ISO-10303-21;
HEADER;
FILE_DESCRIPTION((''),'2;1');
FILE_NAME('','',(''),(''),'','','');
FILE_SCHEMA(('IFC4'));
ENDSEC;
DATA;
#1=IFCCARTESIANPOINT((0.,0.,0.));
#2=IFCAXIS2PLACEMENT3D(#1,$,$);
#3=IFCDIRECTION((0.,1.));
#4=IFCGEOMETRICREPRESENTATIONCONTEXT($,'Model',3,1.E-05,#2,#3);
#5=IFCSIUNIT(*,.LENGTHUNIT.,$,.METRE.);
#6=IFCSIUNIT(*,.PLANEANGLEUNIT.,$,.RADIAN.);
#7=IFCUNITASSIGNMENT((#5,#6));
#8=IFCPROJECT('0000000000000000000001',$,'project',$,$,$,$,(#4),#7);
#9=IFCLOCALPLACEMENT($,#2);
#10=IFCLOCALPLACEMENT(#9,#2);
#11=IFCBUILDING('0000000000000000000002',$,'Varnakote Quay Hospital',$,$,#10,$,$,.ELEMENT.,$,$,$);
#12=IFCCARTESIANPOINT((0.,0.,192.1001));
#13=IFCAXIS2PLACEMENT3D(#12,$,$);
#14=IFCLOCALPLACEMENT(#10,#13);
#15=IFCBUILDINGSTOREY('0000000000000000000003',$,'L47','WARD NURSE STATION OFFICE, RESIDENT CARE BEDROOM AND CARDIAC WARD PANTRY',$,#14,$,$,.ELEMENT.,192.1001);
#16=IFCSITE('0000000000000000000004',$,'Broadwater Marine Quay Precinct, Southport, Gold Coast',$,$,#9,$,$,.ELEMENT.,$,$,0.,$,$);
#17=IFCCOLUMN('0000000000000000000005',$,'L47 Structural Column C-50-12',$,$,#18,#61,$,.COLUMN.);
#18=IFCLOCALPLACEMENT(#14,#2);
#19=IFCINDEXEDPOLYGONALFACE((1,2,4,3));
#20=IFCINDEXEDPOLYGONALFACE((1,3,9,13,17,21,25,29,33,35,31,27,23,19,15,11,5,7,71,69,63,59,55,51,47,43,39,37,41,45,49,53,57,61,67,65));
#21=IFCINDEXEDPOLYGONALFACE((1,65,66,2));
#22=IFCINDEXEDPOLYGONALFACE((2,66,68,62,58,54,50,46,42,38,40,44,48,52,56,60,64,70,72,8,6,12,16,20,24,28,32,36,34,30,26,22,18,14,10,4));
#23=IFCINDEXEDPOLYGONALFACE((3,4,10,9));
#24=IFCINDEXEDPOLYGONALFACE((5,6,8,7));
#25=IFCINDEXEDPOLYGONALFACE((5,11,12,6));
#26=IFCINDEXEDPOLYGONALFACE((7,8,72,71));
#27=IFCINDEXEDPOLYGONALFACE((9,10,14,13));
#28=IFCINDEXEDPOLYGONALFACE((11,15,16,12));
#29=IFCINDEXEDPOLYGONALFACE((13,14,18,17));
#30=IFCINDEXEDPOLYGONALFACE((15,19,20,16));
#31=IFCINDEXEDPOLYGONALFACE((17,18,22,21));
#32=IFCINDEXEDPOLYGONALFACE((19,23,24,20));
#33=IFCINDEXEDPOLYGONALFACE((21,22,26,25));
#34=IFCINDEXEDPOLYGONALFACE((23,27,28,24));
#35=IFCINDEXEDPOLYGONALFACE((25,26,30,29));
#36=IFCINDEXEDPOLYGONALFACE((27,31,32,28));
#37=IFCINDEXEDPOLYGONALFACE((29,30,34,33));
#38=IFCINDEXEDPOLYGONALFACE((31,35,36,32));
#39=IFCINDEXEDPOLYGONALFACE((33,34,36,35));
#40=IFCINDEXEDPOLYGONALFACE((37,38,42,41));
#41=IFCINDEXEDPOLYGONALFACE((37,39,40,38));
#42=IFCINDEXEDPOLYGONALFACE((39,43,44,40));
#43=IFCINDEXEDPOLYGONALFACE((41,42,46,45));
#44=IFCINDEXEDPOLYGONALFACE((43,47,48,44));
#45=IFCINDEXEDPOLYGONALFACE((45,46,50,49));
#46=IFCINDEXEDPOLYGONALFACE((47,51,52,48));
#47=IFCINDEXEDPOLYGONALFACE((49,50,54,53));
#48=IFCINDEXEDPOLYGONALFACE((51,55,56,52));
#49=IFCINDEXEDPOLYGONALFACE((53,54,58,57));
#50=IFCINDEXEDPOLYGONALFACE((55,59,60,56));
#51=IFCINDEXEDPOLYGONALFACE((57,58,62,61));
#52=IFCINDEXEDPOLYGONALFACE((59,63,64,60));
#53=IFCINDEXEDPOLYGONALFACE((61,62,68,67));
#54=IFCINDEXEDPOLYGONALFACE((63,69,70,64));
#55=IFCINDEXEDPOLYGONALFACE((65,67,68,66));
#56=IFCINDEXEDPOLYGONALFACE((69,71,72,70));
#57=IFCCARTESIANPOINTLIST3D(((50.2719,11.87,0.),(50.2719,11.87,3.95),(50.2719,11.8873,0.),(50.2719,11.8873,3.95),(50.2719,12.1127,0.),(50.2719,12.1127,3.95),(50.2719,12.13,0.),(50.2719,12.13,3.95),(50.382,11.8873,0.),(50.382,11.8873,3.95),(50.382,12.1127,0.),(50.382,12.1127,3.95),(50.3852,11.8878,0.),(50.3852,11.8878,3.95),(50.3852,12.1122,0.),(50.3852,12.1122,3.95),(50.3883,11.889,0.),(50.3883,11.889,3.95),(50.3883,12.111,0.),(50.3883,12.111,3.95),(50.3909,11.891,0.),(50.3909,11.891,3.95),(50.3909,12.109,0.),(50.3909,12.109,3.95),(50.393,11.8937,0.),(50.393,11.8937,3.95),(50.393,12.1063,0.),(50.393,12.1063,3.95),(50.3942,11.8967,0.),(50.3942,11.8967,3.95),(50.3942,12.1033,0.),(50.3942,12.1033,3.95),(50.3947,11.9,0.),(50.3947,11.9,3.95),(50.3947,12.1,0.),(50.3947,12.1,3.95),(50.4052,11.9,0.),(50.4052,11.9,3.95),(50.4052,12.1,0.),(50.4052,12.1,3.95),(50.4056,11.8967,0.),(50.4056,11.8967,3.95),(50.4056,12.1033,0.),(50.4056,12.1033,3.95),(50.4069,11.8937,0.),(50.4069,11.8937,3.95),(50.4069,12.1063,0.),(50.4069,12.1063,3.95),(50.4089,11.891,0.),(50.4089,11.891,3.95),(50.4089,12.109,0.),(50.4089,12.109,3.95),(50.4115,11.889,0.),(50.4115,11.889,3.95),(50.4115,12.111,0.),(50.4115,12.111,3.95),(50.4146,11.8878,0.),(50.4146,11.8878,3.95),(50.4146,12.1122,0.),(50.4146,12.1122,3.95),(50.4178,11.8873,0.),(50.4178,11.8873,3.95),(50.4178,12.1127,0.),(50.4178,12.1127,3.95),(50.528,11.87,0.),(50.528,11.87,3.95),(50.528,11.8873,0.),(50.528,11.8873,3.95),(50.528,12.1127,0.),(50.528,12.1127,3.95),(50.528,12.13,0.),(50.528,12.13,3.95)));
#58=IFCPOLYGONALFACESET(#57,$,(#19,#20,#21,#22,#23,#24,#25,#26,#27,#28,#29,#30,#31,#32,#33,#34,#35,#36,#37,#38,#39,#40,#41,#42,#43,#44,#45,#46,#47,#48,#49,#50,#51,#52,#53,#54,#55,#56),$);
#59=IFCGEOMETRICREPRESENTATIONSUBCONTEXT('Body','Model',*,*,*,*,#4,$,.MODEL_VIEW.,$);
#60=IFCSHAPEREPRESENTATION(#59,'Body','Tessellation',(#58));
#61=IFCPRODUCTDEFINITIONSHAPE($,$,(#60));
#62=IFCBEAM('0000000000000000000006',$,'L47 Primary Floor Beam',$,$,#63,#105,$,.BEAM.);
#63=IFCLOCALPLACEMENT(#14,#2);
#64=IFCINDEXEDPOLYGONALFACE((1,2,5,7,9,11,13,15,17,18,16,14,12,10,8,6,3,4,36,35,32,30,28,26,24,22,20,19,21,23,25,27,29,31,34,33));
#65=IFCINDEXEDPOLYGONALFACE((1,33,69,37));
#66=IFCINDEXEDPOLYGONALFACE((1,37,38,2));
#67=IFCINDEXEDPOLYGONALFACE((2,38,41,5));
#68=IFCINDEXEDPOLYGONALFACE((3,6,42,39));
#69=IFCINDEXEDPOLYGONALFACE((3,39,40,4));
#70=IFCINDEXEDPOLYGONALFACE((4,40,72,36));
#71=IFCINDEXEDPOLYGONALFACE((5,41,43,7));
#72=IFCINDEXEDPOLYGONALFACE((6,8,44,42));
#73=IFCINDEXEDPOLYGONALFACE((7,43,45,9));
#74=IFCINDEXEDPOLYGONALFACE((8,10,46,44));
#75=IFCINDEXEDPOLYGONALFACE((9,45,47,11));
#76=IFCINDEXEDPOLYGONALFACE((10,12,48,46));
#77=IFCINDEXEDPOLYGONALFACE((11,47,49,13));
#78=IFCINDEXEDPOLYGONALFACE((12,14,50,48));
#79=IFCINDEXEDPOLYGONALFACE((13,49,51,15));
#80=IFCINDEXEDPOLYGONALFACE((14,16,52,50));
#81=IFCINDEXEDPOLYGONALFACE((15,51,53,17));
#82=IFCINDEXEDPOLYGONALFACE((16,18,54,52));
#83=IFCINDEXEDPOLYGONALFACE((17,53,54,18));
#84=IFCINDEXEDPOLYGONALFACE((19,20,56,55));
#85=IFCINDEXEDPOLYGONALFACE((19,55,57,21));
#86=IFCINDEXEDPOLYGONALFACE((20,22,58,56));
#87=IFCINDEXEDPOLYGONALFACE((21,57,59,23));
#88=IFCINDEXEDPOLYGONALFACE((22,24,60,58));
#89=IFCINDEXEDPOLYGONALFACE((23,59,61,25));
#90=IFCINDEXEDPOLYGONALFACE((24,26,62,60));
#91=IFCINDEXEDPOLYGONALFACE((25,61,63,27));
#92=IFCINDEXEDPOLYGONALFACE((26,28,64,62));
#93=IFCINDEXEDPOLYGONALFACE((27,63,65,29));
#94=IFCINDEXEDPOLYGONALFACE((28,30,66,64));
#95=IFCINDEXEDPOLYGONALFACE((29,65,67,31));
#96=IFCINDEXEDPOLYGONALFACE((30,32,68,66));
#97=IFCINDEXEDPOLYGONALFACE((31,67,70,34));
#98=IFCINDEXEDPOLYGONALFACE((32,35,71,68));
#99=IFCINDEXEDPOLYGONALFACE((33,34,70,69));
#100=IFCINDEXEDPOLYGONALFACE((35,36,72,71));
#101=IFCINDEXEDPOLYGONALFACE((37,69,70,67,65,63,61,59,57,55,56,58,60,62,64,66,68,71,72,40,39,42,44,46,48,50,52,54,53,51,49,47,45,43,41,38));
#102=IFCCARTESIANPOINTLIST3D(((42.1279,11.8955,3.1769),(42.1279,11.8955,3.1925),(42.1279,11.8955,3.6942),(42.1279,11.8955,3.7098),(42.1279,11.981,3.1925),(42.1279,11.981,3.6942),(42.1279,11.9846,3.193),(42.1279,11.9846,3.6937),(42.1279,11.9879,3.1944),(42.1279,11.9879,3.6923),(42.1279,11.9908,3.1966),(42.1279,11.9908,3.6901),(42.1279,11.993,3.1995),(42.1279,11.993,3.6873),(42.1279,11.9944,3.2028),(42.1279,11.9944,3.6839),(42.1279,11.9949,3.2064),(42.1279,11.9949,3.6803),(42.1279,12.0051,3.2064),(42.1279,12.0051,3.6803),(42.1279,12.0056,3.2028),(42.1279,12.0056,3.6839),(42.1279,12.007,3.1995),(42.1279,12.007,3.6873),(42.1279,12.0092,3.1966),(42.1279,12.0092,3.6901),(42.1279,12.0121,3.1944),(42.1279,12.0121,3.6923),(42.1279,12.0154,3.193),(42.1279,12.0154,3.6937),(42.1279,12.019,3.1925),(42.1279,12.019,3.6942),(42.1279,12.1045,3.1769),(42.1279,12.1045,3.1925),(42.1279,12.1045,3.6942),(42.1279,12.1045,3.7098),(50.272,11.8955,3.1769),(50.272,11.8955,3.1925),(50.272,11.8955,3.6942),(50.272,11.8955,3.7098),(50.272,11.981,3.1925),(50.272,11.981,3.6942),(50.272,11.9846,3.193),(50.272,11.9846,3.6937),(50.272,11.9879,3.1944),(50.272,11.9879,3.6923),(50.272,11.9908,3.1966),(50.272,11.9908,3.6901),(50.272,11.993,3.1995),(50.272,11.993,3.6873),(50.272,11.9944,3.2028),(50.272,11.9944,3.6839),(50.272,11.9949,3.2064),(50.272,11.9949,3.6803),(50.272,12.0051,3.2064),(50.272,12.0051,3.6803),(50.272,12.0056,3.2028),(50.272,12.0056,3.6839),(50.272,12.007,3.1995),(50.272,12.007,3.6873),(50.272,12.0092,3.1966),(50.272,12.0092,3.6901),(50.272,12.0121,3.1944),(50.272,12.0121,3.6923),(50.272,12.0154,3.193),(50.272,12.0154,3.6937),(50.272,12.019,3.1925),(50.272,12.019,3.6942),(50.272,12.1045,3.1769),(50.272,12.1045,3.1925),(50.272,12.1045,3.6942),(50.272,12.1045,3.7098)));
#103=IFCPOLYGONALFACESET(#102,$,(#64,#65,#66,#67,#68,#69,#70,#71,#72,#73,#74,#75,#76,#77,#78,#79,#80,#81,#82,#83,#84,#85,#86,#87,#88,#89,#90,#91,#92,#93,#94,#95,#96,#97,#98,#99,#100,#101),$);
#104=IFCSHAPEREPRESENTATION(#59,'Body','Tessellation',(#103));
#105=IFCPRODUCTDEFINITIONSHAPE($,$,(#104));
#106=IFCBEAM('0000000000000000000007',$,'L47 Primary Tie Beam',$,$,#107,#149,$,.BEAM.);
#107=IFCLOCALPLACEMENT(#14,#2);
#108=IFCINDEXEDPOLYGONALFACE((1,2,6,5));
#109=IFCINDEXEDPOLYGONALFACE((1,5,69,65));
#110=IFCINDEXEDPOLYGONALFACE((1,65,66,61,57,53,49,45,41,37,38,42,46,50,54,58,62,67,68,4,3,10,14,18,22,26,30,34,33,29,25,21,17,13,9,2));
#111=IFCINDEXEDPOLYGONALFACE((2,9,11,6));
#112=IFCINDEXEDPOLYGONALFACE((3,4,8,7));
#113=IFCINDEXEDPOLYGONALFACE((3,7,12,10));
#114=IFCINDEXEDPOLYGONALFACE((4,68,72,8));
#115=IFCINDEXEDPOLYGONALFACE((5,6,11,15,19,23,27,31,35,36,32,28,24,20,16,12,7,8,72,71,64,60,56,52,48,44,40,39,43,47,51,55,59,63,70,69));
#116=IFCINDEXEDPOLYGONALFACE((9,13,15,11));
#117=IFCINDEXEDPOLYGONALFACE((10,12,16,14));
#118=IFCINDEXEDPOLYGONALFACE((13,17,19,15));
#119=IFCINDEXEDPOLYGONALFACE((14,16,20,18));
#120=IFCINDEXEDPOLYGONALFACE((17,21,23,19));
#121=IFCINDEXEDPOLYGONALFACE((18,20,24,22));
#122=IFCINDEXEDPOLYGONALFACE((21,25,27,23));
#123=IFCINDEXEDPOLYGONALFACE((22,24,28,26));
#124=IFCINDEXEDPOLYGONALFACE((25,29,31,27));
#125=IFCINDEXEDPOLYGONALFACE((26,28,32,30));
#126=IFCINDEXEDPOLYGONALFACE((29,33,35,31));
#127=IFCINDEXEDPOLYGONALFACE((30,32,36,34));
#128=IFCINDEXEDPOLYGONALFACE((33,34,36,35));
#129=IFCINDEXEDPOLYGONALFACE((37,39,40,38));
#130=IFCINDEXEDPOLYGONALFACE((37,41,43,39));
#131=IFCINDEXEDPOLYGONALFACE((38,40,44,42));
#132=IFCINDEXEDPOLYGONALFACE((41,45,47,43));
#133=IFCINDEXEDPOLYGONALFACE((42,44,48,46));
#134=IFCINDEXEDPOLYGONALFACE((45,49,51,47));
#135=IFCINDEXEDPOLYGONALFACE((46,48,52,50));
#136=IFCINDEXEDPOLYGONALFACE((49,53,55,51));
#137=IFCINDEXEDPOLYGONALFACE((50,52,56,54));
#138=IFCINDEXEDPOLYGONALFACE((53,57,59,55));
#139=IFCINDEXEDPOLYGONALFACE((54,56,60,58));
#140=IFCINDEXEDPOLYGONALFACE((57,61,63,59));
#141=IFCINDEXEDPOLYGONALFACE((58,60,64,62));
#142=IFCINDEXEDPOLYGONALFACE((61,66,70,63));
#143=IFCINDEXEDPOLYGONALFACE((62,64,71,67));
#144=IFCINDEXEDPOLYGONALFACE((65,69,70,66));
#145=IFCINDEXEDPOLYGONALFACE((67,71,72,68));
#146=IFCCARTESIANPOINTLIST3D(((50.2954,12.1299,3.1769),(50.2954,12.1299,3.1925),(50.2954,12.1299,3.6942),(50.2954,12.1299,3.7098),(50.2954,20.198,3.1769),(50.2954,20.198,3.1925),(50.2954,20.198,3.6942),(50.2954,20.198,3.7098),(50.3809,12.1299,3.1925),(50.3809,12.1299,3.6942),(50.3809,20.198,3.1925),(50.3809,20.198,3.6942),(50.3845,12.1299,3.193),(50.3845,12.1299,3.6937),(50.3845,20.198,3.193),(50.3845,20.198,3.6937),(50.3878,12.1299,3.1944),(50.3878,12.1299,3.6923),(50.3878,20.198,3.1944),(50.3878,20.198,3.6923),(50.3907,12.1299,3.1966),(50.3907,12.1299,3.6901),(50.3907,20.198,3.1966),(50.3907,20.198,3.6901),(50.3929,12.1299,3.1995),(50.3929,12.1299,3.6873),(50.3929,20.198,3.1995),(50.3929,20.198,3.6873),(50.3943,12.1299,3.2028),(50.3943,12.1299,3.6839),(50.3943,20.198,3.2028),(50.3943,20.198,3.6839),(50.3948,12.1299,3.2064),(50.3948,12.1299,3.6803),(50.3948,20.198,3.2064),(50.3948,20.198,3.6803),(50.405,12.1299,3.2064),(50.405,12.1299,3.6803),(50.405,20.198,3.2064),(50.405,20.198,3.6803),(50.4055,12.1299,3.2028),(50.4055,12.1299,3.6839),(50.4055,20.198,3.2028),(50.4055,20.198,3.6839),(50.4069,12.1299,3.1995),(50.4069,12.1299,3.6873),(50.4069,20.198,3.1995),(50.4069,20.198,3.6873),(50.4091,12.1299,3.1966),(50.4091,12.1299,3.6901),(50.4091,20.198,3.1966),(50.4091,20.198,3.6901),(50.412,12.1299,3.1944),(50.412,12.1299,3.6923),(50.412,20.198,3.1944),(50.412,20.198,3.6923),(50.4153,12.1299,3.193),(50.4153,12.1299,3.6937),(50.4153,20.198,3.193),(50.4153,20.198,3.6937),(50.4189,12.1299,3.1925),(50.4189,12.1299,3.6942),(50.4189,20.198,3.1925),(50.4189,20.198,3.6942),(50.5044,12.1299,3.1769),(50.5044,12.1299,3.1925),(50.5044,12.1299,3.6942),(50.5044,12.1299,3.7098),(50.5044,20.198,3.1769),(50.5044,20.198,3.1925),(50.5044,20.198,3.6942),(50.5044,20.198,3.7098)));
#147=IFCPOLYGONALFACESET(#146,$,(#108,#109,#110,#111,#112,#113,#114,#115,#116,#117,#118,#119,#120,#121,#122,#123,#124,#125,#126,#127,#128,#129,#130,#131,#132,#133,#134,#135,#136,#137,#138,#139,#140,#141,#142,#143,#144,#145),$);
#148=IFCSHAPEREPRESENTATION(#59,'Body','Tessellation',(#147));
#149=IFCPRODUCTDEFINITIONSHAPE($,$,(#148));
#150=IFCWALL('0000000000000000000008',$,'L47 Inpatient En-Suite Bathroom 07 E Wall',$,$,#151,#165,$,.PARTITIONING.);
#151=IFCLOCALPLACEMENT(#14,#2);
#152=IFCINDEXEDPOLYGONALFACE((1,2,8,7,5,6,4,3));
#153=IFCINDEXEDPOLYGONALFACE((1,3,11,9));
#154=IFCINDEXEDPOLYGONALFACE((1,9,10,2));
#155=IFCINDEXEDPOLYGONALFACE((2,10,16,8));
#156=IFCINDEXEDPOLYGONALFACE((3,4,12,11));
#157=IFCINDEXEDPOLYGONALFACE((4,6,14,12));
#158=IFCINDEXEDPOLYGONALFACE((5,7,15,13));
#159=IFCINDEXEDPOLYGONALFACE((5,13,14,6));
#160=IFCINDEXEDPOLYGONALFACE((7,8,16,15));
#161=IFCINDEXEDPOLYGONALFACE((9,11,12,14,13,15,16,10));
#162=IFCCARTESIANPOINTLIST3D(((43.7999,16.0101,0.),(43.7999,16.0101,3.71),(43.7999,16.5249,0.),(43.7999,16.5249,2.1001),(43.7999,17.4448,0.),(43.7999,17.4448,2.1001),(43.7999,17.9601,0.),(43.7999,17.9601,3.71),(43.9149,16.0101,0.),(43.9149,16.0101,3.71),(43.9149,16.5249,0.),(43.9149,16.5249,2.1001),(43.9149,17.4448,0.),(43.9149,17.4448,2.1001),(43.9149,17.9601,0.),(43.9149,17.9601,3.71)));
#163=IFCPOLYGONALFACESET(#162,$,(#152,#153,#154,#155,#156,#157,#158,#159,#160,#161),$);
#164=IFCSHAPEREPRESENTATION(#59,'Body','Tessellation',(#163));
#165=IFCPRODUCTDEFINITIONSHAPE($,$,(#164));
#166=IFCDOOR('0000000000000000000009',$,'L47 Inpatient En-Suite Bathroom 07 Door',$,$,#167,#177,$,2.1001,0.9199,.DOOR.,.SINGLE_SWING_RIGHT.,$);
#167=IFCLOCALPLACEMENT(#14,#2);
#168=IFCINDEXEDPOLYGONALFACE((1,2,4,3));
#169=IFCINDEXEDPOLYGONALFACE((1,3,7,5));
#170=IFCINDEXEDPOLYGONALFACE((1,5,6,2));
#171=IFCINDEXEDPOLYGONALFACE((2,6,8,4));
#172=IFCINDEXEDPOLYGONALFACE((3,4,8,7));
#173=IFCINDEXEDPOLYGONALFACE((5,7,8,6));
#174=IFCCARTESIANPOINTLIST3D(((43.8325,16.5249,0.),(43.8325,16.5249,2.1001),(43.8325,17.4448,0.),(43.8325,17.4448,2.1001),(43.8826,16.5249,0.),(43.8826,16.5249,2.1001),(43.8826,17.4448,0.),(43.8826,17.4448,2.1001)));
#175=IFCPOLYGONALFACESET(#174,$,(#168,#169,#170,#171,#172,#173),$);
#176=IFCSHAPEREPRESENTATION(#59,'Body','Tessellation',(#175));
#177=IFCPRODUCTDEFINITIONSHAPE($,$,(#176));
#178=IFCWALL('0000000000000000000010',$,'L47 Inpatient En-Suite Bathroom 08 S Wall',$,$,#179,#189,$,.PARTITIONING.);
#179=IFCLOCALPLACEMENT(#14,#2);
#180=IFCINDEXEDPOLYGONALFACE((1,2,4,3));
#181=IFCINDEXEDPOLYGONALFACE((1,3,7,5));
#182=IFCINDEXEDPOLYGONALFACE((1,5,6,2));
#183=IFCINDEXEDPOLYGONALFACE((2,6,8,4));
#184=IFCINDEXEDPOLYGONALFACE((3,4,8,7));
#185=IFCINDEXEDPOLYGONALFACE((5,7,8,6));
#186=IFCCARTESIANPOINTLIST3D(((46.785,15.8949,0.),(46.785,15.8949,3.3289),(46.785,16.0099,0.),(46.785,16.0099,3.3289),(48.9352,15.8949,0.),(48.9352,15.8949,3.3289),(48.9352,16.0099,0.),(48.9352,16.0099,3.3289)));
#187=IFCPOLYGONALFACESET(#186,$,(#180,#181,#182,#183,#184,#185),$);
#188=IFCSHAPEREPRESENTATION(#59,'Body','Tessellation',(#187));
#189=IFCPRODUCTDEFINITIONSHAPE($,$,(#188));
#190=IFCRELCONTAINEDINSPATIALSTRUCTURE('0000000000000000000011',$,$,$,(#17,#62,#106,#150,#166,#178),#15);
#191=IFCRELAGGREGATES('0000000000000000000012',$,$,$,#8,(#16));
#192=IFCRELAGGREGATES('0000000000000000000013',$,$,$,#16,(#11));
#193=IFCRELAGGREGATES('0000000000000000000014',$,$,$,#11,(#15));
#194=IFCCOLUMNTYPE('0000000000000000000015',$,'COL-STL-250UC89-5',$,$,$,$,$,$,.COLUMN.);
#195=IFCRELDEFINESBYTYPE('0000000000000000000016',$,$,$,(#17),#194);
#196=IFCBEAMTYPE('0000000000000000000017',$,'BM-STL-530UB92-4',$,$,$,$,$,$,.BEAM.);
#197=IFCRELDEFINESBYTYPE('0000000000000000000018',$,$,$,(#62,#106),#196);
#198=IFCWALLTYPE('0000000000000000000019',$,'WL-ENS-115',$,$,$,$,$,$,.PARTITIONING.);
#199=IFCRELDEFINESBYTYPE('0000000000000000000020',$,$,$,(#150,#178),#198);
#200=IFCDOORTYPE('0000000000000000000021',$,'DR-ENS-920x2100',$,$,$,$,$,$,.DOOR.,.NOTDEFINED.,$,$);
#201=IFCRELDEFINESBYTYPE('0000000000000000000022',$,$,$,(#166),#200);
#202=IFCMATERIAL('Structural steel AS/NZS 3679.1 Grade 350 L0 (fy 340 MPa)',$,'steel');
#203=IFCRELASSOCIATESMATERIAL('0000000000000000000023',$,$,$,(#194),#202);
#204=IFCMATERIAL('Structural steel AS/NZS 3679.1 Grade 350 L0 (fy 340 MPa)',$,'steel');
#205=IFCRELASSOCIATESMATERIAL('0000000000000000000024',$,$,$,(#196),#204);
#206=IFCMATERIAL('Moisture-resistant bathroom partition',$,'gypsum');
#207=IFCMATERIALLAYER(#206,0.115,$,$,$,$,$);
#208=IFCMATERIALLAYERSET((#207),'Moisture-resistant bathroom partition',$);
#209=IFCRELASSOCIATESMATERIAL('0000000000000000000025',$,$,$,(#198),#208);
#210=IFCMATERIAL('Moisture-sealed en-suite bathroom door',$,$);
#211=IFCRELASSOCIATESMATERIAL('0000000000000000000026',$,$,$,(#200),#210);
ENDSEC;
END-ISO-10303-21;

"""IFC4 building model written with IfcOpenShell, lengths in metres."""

from ifc_helpers import new_model, si_unit, direction, frame, frame_2d, origin, origin_2d, place, context, subcontext, project, spatial, rectangle, i_section, extrude, material, layer, layer_set, material_profile, profile_set, type_object, element, fill, save


model = new_model("IFC4")

# Units and contexts
model_context = context("Model", 3, precision=1e-05, world=origin(), true_north=direction((0.0, 1.0)))
body_context = subcontext(model_context, "Body", "Model", "MODEL_VIEW")
ifc_project = project(units=[si_unit("LENGTHUNIT", "METRE"), si_unit("PLANEANGLEUNIT", "RADIAN")], contexts=[model_context])

# Site, building, storey
site_placement = place(None, origin())
site = spatial("IfcSite", under=ifc_project, at=site_placement, Name="Broadwater Marine Quay Precinct, Southport, Gold Coast", CompositionType="ELEMENT", RefElevation=0.0)
building_placement = place(site_placement, origin())
building = spatial("IfcBuilding", under=site, at=building_placement, Name="Varnakote Quay Hospital", CompositionType="ELEMENT")
storey_placement = place(building_placement, frame((0.0, 0.0, 192.1001)))
storey = spatial("IfcBuildingStorey", under=building, at=storey_placement, Name="L47", Description="WARD NURSE STATION OFFICE, RESIDENT CARE BEDROOM AND CARDIAC WARD PANTRY", CompositionType="ELEMENT", Elevation=192.1001)

# Column
ifc_material_1 = material(Name="Structural steel AS/NZS 3679.1 Grade 350 L0 (fy 340 MPa)", Category="steel")
ifc_material_profile_1 = material_profile(ifc_material_1, i_section(OverallWidth=0.2561, OverallDepth=0.26, WebThickness=0.0105, FlangeThickness=0.0173, FilletRadius=0.0127, at=origin_2d()), Name="250UC89.5")
ifc_profile_set_1 = profile_set([ifc_material_profile_1], Name="Structural steel AS/NZS 3679.1 Grade 350 L0 (fy 340 MPa)")
column_type = type_object("IfcColumnType", Name="COL-STL-250UC89-5", PredefinedType="COLUMN", material=ifc_profile_set_1)
column_placement = place(storey_placement, frame((50.3999, 12.0, 0.0), z_axis=(0.0, 0.0, 1.0), x_axis=(1.0, 0.0, 0.0)))
element("IfcColumn", 1, at=column_placement, inside=storey, type_object=column_type, Name="L47 Structural Column C-50-12", PredefinedType="COLUMN", context=body_context, shape_type="SweptSolid", body=[
    extrude(i_section(OverallWidth=0.2561, OverallDepth=0.26, WebThickness=0.0105, FlangeThickness=0.0173, FilletRadius=0.0127, at=origin_2d()), origin(), (0.0, 0.0, 1.0), 3.95),
])

# Beams
ifc_material_2 = material(Name="Structural steel AS/NZS 3679.1 Grade 350 L0 (fy 340 MPa)", Category="steel")
ifc_material_profile_2 = material_profile(ifc_material_2, i_section(OverallWidth=0.209, OverallDepth=0.533, WebThickness=0.0103, FlangeThickness=0.0156, FilletRadius=0.0139, at=origin_2d()), Name="530UB92.4")
ifc_profile_set_2 = profile_set([ifc_material_profile_2], Name="Structural steel AS/NZS 3679.1 Grade 350 L0 (fy 340 MPa)")
beam_type = type_object("IfcBeamType", Name="BM-STL-530UB92-4", PredefinedType="BEAM", material=ifc_profile_set_2)
beam_1_placement = place(storey_placement, frame((42.1279, 12.0, 3.4434), z_axis=(1.0, 0.0, 0.0), x_axis=(0.0, 1.0, 0.0)))
element("IfcBeam", 2, at=beam_1_placement, inside=storey, type_object=beam_type, Name="L47 Primary Floor Beam", PredefinedType="BEAM", context=body_context, shape_type="SweptSolid", body=[
    extrude(i_section(OverallWidth=0.209, OverallDepth=0.533, WebThickness=0.0103, FlangeThickness=0.0156, FilletRadius=0.0139, at=origin_2d()), origin(), (0.0, 0.0, 1.0), 8.144),
])
beam_2_placement = place(storey_placement, frame((50.3999, 12.1299, 3.4434), z_axis=(0.0, 1.0, 0.0), x_axis=(-1.0, 0.0, 0.0)))
element("IfcBeam", 3, at=beam_2_placement, inside=storey, type_object=beam_type, Name="L47 Primary Tie Beam", PredefinedType="BEAM", context=body_context, shape_type="SweptSolid", body=[
    extrude(i_section(OverallWidth=0.209, OverallDepth=0.533, WebThickness=0.0103, FlangeThickness=0.0156, FilletRadius=0.0139, at=origin_2d()), origin(), (0.0, 0.0, 1.0), 8.0681),
])

# Wall, opening, door
ifc_material_3 = material(Name="Moisture-resistant bathroom partition", Category="gypsum")
ifc_layer_1 = layer(ifc_material_3, 0.115)
ifc_layer_set_1 = layer_set([ifc_layer_1], Name="Moisture-resistant bathroom partition")
wall_type_1 = type_object("IfcWallType", Name="WL-ENS-115", PredefinedType="PARTITIONING", material=ifc_layer_set_1)
wall_1_placement = place(storey_placement, frame((43.8574, 16.01, 0.0), z_axis=(0.0, 0.0, 1.0), x_axis=(0.0, 1.0, 0.0)))
wall_1 = element("IfcWall", 4, at=wall_1_placement, inside=storey, type_object=wall_type_1, Name="L47 Inpatient En-Suite Bathroom 07 E Wall", PredefinedType="PARTITIONING", context=body_context, shape_type="SweptSolid", body=[
    extrude(rectangle(XDim=1.95, YDim=0.115, at=frame_2d((0.9751, 0.0))), origin(), (0.0, 0.0, 1.0), 3.71),
])
opening_1_placement = place(wall_1_placement, frame((0.5149, 0.0, 0.0)))
opening_1 = element("IfcOpeningElement", 5, at=opening_1_placement, cuts=wall_1, PredefinedType="OPENING", context=body_context, shape_type="SweptSolid", body=[
    extrude(rectangle(XDim=0.9199, YDim=2.1001, at=frame_2d((0.46, 1.05))), frame((0.0, 0.0674, 0.0), z_axis=(0.0, -1.0, 0.0), x_axis=(1.0, 0.0, 0.0)), (0.0, 0.0, 1.0), 0.135),
])
ifc_material_4 = material(Name="Moisture-sealed en-suite bathroom door")
door_type_1 = type_object("IfcDoorType", Name="DR-ENS-920x2100", OperationType="NOTDEFINED", PredefinedType="DOOR", material=ifc_material_4)
door_1_placement = place(opening_1_placement, origin())
door_1 = element("IfcDoor", 6, at=door_1_placement, inside=storey, type_object=door_type_1, Name="L47 Inpatient En-Suite Bathroom 07 Door", OperationType="SINGLE_SWING_RIGHT", OverallHeight=2.1001, OverallWidth=0.9199, PredefinedType="DOOR", context=body_context, shape_type="SweptSolid", body=[
    extrude(rectangle(XDim=0.9199, YDim=2.1001, at=frame_2d((0.46, 1.05))), frame((0.0, 0.0249, 0.0), z_axis=(0.0, -1.0, 0.0), x_axis=(1.0, 0.0, 0.0)), (0.0, 0.0, 1.0), 0.05),
])
fill(opening_1, door_1)

# Wall
wall_2_placement = place(storey_placement, frame((46.7849, 15.9524, 0.0), z_axis=(0.0, 0.0, 1.0), x_axis=(1.0, 0.0, 0.0)))
element("IfcWall", 7, at=wall_2_placement, inside=storey, type_object=wall_type_1, Name="L47 Inpatient En-Suite Bathroom 08 S Wall", PredefinedType="PARTITIONING", context=body_context, shape_type="SweptSolid", body=[
    extrude(rectangle(XDim=2.1501, YDim=0.115, at=frame_2d((1.0752, 0.0))), origin(), (0.0, 0.0, 1.0), 3.3289),
])

save(model, "model.ifc")
